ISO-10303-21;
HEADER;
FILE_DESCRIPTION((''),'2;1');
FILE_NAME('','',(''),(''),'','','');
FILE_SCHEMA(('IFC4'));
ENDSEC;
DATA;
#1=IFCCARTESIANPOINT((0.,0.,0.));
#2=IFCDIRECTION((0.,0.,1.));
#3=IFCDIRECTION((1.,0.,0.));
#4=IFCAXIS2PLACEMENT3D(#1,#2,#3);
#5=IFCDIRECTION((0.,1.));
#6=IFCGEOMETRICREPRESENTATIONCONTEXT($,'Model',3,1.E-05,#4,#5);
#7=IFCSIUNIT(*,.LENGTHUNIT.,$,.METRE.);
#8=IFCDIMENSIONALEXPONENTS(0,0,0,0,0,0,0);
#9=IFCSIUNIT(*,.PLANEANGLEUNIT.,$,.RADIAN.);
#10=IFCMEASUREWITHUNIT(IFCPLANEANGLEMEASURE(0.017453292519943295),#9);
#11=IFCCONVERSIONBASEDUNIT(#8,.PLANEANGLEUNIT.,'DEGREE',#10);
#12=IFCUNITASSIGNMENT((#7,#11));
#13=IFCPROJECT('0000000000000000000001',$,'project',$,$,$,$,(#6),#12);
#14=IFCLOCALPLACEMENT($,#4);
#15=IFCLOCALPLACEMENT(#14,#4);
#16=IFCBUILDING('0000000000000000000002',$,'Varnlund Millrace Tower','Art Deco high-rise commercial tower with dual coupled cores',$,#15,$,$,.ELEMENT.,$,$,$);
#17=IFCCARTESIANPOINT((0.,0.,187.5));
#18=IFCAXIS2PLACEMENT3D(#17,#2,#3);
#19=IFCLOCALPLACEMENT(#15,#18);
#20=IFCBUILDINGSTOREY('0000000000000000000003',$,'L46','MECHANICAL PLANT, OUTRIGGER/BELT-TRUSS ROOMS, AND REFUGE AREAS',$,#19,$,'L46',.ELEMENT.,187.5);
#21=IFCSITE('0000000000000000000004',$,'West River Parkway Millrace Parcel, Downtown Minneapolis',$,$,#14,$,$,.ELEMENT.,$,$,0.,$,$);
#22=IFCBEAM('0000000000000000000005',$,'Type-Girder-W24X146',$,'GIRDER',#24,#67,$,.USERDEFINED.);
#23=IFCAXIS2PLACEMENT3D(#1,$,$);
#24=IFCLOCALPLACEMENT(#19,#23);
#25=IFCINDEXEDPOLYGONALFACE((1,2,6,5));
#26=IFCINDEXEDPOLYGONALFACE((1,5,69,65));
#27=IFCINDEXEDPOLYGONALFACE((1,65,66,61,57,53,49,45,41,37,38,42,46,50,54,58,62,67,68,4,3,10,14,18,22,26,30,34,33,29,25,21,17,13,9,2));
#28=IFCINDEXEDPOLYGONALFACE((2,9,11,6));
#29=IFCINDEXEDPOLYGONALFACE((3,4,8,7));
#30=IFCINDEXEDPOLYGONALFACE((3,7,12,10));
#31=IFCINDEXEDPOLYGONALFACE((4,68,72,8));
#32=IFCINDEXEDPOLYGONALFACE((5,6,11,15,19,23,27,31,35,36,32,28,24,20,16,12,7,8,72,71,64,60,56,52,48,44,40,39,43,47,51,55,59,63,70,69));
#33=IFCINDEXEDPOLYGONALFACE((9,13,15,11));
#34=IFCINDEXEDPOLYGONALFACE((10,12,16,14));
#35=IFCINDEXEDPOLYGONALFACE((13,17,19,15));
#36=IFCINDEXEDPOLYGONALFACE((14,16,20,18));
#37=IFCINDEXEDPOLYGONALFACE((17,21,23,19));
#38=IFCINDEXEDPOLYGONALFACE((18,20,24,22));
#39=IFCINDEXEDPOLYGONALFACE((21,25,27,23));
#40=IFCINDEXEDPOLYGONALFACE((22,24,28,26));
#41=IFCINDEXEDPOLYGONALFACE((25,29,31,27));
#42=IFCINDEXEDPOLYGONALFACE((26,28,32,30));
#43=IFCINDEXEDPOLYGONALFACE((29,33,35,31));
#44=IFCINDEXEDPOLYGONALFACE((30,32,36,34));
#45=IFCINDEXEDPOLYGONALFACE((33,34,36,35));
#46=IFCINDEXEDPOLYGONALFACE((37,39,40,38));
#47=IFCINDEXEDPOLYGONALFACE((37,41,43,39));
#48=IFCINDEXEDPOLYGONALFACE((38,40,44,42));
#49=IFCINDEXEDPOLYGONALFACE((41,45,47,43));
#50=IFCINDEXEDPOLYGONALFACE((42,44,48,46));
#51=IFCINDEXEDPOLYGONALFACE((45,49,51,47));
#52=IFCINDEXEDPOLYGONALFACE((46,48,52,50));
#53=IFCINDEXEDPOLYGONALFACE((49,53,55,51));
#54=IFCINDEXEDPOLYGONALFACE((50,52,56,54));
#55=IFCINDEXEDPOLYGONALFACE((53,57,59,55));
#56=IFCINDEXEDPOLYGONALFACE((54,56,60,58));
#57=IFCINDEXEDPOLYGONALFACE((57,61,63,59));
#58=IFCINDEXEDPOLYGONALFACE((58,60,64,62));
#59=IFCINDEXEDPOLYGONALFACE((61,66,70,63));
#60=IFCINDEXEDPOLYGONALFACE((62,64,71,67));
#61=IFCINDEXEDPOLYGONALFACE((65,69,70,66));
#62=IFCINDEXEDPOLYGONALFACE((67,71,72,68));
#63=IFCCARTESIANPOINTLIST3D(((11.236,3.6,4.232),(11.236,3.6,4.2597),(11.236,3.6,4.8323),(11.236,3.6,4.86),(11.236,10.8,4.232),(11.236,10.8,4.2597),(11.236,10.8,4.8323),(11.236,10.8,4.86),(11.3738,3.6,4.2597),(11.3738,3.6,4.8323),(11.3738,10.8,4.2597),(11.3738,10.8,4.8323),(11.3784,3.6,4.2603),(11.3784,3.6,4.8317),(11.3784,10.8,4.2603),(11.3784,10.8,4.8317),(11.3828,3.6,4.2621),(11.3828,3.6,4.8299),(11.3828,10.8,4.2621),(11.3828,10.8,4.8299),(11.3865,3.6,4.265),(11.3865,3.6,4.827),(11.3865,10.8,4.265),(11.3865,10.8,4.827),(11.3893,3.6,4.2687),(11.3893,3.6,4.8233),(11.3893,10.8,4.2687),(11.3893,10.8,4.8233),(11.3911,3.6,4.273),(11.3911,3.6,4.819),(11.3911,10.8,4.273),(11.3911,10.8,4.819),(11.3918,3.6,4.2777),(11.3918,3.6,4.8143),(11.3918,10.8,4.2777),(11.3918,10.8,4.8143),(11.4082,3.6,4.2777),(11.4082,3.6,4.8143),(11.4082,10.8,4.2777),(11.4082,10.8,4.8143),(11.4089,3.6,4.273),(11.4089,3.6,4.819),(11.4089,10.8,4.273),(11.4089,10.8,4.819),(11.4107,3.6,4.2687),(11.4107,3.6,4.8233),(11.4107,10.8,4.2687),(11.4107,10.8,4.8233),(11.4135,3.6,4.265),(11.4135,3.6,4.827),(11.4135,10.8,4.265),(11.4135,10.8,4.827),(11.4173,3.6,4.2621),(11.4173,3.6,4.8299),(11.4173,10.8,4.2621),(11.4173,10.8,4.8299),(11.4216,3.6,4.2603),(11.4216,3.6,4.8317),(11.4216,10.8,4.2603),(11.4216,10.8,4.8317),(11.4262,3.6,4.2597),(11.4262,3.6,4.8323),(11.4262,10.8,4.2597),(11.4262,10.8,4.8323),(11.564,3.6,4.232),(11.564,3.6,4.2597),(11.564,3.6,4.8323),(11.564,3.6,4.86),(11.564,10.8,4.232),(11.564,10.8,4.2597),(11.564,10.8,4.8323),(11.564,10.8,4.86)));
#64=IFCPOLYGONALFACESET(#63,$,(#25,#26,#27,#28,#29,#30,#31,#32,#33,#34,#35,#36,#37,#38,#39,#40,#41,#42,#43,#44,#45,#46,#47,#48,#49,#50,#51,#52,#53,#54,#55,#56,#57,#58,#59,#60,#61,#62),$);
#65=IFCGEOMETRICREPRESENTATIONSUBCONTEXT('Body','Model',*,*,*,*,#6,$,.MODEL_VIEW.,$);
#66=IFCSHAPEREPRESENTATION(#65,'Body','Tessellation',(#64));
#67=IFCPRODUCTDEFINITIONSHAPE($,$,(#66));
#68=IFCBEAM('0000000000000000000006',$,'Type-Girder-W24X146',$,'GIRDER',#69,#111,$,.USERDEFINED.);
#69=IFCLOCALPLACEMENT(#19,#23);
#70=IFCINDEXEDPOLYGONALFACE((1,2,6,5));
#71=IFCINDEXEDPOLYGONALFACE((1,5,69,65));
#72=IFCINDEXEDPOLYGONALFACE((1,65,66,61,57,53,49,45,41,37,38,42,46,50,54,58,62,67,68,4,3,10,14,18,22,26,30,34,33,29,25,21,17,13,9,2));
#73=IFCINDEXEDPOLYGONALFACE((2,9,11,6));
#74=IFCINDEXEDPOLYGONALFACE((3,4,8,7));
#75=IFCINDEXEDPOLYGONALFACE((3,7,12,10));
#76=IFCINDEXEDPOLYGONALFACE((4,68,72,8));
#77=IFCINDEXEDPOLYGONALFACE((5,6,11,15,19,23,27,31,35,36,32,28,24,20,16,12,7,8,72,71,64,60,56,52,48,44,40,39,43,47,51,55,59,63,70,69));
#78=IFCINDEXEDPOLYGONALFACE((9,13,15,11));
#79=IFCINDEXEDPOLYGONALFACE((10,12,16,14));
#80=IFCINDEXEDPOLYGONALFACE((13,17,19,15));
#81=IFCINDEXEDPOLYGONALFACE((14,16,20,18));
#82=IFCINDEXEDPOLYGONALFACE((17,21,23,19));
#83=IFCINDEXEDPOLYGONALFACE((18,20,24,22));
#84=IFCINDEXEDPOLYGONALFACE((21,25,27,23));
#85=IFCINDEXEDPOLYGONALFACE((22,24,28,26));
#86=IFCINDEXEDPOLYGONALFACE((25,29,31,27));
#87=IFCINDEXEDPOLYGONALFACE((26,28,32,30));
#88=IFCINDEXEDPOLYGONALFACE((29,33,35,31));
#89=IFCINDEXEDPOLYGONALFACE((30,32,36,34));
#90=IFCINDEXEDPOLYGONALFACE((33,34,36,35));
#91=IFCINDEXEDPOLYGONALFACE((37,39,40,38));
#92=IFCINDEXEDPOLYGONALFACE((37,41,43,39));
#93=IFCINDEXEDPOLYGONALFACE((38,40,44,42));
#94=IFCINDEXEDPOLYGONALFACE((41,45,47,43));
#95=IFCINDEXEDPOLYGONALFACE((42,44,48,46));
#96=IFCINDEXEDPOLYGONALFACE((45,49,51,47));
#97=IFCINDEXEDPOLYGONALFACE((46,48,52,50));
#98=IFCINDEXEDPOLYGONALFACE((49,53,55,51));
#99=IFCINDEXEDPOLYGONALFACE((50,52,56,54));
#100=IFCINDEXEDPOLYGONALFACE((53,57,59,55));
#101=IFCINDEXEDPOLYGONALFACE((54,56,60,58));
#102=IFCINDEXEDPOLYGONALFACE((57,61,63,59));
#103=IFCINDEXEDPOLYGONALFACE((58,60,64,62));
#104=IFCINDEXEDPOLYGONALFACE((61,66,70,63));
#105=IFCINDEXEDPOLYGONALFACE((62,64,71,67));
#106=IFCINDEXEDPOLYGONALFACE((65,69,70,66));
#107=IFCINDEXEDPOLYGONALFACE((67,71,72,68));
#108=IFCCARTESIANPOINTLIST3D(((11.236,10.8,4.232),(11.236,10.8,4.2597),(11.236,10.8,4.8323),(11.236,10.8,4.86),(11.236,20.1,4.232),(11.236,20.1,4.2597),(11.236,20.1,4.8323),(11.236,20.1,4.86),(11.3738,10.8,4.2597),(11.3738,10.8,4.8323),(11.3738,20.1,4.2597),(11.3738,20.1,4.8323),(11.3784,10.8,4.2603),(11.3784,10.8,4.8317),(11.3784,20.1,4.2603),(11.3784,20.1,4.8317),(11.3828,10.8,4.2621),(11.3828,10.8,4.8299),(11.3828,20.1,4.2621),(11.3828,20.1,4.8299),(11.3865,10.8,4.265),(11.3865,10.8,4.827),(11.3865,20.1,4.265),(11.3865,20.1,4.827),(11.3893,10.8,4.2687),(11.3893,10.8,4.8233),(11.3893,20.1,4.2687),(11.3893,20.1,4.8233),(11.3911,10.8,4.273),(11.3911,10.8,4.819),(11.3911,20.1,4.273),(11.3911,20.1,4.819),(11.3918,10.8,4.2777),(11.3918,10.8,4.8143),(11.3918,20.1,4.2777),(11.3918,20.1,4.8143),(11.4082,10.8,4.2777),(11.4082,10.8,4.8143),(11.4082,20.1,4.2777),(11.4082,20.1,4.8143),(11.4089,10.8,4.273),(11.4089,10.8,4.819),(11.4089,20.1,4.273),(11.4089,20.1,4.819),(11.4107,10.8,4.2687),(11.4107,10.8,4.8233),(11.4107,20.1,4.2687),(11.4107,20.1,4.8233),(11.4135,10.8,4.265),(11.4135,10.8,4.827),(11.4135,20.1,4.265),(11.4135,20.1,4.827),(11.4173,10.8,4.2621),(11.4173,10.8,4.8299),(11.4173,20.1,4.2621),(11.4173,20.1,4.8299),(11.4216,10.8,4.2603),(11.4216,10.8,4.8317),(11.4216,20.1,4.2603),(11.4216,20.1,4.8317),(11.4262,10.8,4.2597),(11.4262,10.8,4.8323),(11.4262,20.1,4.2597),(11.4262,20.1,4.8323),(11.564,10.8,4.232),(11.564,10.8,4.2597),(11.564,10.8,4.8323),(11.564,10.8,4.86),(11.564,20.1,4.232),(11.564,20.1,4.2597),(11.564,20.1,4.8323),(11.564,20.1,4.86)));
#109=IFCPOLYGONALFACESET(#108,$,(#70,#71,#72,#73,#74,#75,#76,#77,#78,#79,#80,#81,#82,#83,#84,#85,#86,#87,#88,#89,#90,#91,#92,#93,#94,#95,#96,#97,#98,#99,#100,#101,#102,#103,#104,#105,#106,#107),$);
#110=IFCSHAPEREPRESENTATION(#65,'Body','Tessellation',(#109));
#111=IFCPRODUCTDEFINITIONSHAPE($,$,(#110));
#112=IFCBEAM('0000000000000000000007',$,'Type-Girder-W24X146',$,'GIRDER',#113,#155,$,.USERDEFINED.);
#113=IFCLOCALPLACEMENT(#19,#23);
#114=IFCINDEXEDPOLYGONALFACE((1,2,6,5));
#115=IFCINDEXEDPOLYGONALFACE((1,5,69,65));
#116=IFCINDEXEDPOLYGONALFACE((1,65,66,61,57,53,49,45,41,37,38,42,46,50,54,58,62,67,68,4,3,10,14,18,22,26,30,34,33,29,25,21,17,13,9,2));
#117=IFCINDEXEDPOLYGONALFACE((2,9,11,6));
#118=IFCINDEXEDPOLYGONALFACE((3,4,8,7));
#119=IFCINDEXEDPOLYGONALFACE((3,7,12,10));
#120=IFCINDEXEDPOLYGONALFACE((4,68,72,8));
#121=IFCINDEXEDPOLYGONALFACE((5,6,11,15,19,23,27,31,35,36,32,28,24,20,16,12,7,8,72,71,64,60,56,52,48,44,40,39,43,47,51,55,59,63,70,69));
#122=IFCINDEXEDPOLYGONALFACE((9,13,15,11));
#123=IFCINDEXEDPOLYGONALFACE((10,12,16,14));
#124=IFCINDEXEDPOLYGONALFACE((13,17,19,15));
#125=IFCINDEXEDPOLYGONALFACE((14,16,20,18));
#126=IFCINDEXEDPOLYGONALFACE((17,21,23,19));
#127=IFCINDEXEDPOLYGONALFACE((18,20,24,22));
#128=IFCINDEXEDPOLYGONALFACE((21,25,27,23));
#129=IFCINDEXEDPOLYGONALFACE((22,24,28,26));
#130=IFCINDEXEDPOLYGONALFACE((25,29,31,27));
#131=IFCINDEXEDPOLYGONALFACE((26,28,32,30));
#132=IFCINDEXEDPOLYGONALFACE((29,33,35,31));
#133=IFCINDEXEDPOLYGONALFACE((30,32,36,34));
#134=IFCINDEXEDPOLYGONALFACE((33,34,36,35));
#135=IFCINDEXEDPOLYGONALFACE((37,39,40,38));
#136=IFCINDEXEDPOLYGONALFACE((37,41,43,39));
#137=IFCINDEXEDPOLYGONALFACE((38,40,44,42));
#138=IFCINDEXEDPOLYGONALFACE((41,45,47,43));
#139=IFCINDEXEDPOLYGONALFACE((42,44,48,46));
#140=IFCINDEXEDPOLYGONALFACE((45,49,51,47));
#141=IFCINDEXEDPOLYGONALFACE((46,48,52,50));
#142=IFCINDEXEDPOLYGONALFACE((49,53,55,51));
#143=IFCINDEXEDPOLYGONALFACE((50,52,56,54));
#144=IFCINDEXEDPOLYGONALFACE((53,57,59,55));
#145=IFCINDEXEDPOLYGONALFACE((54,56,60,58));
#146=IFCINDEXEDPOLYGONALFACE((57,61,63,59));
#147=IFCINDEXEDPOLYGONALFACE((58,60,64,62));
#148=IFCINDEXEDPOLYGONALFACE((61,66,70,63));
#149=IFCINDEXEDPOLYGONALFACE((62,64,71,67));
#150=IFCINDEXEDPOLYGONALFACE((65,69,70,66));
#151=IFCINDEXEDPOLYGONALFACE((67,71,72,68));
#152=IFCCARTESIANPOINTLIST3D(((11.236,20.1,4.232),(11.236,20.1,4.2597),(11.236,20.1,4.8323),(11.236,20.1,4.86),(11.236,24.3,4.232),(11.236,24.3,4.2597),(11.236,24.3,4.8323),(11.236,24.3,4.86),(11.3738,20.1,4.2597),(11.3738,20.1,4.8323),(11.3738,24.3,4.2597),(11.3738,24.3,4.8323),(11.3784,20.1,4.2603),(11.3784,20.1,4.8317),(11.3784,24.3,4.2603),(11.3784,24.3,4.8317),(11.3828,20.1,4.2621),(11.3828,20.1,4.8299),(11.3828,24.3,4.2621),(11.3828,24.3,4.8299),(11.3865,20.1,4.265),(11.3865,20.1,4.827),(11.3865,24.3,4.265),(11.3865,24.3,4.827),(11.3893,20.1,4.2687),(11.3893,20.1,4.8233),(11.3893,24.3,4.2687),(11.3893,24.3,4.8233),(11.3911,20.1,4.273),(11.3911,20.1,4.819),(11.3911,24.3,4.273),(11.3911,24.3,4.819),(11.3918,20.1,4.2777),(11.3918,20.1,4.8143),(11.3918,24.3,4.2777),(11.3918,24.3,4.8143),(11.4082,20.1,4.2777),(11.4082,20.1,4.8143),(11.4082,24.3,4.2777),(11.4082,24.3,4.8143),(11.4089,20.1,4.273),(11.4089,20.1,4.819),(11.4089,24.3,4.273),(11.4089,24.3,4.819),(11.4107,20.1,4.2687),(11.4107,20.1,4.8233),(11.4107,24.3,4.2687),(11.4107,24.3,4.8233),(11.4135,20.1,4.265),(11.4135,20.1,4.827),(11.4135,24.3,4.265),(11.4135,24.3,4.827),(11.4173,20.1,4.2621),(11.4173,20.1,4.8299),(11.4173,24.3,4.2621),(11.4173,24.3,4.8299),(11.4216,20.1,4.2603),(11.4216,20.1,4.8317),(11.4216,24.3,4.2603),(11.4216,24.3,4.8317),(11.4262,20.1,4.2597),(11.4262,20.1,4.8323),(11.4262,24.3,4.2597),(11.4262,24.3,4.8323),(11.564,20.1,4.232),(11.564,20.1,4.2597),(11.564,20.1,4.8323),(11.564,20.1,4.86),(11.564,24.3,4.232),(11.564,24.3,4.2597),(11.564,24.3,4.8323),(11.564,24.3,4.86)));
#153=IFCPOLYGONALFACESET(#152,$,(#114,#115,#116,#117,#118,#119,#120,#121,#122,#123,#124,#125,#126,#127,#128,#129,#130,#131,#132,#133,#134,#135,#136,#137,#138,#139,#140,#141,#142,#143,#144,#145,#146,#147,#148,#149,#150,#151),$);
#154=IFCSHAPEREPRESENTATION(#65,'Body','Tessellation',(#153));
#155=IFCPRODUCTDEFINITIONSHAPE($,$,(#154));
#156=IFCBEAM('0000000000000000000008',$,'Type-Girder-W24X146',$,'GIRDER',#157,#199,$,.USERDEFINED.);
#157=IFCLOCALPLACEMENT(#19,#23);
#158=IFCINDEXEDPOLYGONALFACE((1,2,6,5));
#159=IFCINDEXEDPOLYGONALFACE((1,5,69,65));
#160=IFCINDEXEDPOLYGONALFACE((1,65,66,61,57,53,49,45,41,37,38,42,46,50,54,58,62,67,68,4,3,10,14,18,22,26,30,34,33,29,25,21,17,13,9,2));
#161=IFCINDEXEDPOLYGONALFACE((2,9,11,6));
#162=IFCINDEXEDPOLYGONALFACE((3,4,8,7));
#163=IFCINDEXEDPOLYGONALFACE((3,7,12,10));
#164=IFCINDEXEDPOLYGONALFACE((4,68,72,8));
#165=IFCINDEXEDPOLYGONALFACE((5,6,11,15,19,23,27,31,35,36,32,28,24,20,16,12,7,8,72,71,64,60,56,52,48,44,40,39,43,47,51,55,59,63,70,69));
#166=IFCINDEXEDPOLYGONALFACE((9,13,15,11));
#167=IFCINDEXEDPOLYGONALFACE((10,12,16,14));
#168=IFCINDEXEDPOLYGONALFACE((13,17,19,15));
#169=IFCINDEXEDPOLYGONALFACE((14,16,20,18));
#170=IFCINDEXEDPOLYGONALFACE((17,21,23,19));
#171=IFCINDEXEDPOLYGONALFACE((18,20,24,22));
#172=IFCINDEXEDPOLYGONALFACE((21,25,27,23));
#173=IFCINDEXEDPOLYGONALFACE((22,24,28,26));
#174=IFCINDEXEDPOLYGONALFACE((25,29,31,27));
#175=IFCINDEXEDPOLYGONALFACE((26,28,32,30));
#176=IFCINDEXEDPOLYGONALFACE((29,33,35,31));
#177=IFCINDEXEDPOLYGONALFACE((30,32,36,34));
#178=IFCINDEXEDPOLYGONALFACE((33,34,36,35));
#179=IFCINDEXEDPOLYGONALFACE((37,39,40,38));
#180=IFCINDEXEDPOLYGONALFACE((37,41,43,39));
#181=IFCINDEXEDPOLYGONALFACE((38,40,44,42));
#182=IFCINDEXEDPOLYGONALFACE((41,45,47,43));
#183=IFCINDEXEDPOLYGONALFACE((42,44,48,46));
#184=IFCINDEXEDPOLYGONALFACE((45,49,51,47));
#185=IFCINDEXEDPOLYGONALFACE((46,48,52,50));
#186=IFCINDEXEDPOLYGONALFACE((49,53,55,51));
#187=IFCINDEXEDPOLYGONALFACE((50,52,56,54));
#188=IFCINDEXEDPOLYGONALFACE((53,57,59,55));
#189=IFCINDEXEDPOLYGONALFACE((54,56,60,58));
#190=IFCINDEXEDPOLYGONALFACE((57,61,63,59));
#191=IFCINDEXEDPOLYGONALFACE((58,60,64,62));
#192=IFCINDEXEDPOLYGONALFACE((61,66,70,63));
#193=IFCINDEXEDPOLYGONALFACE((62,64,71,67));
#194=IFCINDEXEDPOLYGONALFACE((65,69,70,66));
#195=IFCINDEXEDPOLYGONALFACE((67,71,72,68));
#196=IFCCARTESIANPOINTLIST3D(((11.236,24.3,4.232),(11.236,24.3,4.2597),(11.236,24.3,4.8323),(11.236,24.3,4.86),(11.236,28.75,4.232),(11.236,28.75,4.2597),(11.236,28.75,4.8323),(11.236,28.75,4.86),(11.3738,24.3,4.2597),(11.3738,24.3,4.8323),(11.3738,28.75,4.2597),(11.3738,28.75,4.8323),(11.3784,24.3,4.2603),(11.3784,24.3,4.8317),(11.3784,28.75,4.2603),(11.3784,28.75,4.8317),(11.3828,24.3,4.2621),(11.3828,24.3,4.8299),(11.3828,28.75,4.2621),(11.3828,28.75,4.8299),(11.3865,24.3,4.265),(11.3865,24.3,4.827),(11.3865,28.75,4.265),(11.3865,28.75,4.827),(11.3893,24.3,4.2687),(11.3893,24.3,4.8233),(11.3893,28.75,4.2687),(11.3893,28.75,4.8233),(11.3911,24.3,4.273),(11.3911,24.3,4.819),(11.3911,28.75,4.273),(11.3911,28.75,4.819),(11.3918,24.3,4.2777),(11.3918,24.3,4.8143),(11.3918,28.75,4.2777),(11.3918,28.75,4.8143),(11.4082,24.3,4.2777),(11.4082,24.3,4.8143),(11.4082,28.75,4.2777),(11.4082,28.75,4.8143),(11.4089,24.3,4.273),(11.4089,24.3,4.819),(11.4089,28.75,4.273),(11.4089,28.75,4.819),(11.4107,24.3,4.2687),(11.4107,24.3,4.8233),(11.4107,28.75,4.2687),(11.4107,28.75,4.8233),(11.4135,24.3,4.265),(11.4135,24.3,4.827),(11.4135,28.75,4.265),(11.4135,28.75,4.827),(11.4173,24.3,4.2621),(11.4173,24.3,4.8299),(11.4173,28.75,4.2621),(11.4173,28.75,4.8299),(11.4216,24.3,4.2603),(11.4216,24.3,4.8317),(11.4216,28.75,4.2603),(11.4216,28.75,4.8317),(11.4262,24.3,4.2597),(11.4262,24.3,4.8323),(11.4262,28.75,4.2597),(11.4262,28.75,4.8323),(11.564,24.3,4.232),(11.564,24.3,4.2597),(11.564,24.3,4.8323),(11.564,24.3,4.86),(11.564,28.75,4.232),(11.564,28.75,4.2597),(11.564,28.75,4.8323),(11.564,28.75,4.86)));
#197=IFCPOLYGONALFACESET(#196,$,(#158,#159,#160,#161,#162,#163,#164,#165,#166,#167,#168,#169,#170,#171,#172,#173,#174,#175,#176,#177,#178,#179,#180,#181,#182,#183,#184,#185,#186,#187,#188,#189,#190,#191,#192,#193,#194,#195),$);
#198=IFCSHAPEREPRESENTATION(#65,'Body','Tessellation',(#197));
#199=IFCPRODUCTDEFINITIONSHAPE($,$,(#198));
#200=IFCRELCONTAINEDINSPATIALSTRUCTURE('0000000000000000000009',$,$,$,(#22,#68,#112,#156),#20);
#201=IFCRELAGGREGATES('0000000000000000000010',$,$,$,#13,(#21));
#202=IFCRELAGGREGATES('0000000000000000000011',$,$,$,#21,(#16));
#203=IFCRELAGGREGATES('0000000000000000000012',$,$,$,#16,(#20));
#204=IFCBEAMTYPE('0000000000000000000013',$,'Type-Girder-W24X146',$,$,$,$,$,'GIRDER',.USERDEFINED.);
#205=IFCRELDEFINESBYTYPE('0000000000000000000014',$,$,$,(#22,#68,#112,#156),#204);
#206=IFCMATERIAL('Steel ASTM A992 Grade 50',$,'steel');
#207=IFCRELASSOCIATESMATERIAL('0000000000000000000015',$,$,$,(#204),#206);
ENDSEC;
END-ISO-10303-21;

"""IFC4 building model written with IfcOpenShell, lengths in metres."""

from ifc_helpers import new_model, entity, si_unit, converted_unit, direction, frame, origin_with_axes, origin_2d_with_axis, place, context, subcontext, project, spatial, i_section, extrude, material, material_profile, profile_set, type_object, element, save


model = new_model("IFC4")

# Units and contexts
model_context = context("Model", 3, precision=1e-05, world=origin_with_axes(), true_north=direction((0.0, 1.0)))
body_context = subcontext(model_context, "Body", "Model", "MODEL_VIEW")
ifc_project = project(units=[si_unit("LENGTHUNIT", "METRE"), converted_unit("PLANEANGLEUNIT", "DEGREE", entity("IfcPlaneAngleMeasure", 0.017453292519943295), si_unit("PLANEANGLEUNIT", "RADIAN"), dimensions=[0, 0, 0, 0, 0, 0, 0])], contexts=[model_context])

# Site, building, storey
site_placement = place(None, origin_with_axes())
site = spatial("IfcSite", under=ifc_project, at=site_placement, Name="West River Parkway Millrace Parcel, Downtown Minneapolis", CompositionType="ELEMENT", RefElevation=0.0)
building_placement = place(site_placement, origin_with_axes())
building = spatial("IfcBuilding", under=site, at=building_placement, Name="Varnlund Millrace Tower", Description="Art Deco high-rise commercial tower with dual coupled cores", CompositionType="ELEMENT")
storey_placement = place(building_placement, frame((0.0, 0.0, 187.5), z_axis=(0.0, 0.0, 1.0), x_axis=(1.0, 0.0, 0.0)))
storey = spatial("IfcBuildingStorey", under=building, at=storey_placement, Name="L46", Description="MECHANICAL PLANT, OUTRIGGER/BELT-TRUSS ROOMS, AND REFUGE AREAS", LongName="L46", CompositionType="ELEMENT", Elevation=187.5)

# Shared definitions
ifc_material_1 = material(Name="Steel ASTM A992 Grade 50", Category="steel")

# Beams
ifc_material_profile_1 = material_profile(ifc_material_1, i_section(OverallWidth=0.328, OverallDepth=0.628, WebThickness=0.0165, FlangeThickness=0.0277, FilletRadius=0.018, at=origin_2d_with_axis()), Name="Steel ASTM A992 Grade 50")
ifc_profile_set_1 = profile_set([ifc_material_profile_1], Name="Steel ASTM A992 Grade 50")
beam_type_1 = type_object("IfcBeamType", Name="Type-Girder-W24X146", ElementType="GIRDER", PredefinedType="USERDEFINED", material=ifc_profile_set_1)
beam_1_placement = place(storey_placement, frame((11.4, 3.6, 4.546), z_axis=(0.0, 1.0, 0.0), x_axis=(-1.0, 0.0, 0.0)))
element("IfcBeam", 1, at=beam_1_placement, inside=storey, type_object=beam_type_1, Name="Type-Girder-W24X146", ObjectType="GIRDER", PredefinedType="USERDEFINED", context=body_context, shape_type="SweptSolid", body=[
    extrude(i_section(OverallWidth=0.328, OverallDepth=0.628, WebThickness=0.0165, FlangeThickness=0.0277, FilletRadius=0.018, at=origin_2d_with_axis()), origin_with_axes(), (0.0, 0.0, 1.0), 7.2),
])
beam_2_placement = place(storey_placement, frame((11.4, 10.8, 4.546), z_axis=(0.0, 1.0, 0.0), x_axis=(-1.0, 0.0, 0.0)))
element("IfcBeam", 2, at=beam_2_placement, inside=storey, type_object=beam_type_1, Name="Type-Girder-W24X146", ObjectType="GIRDER", PredefinedType="USERDEFINED", context=body_context, shape_type="SweptSolid", body=[
    extrude(i_section(OverallWidth=0.328, OverallDepth=0.628, WebThickness=0.0165, FlangeThickness=0.0277, FilletRadius=0.018, at=origin_2d_with_axis()), origin_with_axes(), (0.0, 0.0, 1.0), 9.3),
])
beam_3_placement = place(storey_placement, frame((11.4, 20.1, 4.546), z_axis=(0.0, 1.0, 0.0), x_axis=(-1.0, 0.0, 0.0)))
element("IfcBeam", 3, at=beam_3_placement, inside=storey, type_object=beam_type_1, Name="Type-Girder-W24X146", ObjectType="GIRDER", PredefinedType="USERDEFINED", context=body_context, shape_type="SweptSolid", body=[
    extrude(i_section(OverallWidth=0.328, OverallDepth=0.628, WebThickness=0.0165, FlangeThickness=0.0277, FilletRadius=0.018, at=origin_2d_with_axis()), origin_with_axes(), (0.0, 0.0, 1.0), 4.2),
])
beam_4_placement = place(storey_placement, frame((11.4, 24.3, 4.546), z_axis=(0.0, 1.0, 0.0), x_axis=(-1.0, 0.0, 0.0)))
element("IfcBeam", 4, at=beam_4_placement, inside=storey, type_object=beam_type_1, Name="Type-Girder-W24X146", ObjectType="GIRDER", PredefinedType="USERDEFINED", context=body_context, shape_type="SweptSolid", body=[
    extrude(i_section(OverallWidth=0.328, OverallDepth=0.628, WebThickness=0.0165, FlangeThickness=0.0277, FilletRadius=0.018, at=origin_2d_with_axis()), origin_with_axes(), (0.0, 0.0, 1.0), 4.45),
])

save(model, "model.ifc")
